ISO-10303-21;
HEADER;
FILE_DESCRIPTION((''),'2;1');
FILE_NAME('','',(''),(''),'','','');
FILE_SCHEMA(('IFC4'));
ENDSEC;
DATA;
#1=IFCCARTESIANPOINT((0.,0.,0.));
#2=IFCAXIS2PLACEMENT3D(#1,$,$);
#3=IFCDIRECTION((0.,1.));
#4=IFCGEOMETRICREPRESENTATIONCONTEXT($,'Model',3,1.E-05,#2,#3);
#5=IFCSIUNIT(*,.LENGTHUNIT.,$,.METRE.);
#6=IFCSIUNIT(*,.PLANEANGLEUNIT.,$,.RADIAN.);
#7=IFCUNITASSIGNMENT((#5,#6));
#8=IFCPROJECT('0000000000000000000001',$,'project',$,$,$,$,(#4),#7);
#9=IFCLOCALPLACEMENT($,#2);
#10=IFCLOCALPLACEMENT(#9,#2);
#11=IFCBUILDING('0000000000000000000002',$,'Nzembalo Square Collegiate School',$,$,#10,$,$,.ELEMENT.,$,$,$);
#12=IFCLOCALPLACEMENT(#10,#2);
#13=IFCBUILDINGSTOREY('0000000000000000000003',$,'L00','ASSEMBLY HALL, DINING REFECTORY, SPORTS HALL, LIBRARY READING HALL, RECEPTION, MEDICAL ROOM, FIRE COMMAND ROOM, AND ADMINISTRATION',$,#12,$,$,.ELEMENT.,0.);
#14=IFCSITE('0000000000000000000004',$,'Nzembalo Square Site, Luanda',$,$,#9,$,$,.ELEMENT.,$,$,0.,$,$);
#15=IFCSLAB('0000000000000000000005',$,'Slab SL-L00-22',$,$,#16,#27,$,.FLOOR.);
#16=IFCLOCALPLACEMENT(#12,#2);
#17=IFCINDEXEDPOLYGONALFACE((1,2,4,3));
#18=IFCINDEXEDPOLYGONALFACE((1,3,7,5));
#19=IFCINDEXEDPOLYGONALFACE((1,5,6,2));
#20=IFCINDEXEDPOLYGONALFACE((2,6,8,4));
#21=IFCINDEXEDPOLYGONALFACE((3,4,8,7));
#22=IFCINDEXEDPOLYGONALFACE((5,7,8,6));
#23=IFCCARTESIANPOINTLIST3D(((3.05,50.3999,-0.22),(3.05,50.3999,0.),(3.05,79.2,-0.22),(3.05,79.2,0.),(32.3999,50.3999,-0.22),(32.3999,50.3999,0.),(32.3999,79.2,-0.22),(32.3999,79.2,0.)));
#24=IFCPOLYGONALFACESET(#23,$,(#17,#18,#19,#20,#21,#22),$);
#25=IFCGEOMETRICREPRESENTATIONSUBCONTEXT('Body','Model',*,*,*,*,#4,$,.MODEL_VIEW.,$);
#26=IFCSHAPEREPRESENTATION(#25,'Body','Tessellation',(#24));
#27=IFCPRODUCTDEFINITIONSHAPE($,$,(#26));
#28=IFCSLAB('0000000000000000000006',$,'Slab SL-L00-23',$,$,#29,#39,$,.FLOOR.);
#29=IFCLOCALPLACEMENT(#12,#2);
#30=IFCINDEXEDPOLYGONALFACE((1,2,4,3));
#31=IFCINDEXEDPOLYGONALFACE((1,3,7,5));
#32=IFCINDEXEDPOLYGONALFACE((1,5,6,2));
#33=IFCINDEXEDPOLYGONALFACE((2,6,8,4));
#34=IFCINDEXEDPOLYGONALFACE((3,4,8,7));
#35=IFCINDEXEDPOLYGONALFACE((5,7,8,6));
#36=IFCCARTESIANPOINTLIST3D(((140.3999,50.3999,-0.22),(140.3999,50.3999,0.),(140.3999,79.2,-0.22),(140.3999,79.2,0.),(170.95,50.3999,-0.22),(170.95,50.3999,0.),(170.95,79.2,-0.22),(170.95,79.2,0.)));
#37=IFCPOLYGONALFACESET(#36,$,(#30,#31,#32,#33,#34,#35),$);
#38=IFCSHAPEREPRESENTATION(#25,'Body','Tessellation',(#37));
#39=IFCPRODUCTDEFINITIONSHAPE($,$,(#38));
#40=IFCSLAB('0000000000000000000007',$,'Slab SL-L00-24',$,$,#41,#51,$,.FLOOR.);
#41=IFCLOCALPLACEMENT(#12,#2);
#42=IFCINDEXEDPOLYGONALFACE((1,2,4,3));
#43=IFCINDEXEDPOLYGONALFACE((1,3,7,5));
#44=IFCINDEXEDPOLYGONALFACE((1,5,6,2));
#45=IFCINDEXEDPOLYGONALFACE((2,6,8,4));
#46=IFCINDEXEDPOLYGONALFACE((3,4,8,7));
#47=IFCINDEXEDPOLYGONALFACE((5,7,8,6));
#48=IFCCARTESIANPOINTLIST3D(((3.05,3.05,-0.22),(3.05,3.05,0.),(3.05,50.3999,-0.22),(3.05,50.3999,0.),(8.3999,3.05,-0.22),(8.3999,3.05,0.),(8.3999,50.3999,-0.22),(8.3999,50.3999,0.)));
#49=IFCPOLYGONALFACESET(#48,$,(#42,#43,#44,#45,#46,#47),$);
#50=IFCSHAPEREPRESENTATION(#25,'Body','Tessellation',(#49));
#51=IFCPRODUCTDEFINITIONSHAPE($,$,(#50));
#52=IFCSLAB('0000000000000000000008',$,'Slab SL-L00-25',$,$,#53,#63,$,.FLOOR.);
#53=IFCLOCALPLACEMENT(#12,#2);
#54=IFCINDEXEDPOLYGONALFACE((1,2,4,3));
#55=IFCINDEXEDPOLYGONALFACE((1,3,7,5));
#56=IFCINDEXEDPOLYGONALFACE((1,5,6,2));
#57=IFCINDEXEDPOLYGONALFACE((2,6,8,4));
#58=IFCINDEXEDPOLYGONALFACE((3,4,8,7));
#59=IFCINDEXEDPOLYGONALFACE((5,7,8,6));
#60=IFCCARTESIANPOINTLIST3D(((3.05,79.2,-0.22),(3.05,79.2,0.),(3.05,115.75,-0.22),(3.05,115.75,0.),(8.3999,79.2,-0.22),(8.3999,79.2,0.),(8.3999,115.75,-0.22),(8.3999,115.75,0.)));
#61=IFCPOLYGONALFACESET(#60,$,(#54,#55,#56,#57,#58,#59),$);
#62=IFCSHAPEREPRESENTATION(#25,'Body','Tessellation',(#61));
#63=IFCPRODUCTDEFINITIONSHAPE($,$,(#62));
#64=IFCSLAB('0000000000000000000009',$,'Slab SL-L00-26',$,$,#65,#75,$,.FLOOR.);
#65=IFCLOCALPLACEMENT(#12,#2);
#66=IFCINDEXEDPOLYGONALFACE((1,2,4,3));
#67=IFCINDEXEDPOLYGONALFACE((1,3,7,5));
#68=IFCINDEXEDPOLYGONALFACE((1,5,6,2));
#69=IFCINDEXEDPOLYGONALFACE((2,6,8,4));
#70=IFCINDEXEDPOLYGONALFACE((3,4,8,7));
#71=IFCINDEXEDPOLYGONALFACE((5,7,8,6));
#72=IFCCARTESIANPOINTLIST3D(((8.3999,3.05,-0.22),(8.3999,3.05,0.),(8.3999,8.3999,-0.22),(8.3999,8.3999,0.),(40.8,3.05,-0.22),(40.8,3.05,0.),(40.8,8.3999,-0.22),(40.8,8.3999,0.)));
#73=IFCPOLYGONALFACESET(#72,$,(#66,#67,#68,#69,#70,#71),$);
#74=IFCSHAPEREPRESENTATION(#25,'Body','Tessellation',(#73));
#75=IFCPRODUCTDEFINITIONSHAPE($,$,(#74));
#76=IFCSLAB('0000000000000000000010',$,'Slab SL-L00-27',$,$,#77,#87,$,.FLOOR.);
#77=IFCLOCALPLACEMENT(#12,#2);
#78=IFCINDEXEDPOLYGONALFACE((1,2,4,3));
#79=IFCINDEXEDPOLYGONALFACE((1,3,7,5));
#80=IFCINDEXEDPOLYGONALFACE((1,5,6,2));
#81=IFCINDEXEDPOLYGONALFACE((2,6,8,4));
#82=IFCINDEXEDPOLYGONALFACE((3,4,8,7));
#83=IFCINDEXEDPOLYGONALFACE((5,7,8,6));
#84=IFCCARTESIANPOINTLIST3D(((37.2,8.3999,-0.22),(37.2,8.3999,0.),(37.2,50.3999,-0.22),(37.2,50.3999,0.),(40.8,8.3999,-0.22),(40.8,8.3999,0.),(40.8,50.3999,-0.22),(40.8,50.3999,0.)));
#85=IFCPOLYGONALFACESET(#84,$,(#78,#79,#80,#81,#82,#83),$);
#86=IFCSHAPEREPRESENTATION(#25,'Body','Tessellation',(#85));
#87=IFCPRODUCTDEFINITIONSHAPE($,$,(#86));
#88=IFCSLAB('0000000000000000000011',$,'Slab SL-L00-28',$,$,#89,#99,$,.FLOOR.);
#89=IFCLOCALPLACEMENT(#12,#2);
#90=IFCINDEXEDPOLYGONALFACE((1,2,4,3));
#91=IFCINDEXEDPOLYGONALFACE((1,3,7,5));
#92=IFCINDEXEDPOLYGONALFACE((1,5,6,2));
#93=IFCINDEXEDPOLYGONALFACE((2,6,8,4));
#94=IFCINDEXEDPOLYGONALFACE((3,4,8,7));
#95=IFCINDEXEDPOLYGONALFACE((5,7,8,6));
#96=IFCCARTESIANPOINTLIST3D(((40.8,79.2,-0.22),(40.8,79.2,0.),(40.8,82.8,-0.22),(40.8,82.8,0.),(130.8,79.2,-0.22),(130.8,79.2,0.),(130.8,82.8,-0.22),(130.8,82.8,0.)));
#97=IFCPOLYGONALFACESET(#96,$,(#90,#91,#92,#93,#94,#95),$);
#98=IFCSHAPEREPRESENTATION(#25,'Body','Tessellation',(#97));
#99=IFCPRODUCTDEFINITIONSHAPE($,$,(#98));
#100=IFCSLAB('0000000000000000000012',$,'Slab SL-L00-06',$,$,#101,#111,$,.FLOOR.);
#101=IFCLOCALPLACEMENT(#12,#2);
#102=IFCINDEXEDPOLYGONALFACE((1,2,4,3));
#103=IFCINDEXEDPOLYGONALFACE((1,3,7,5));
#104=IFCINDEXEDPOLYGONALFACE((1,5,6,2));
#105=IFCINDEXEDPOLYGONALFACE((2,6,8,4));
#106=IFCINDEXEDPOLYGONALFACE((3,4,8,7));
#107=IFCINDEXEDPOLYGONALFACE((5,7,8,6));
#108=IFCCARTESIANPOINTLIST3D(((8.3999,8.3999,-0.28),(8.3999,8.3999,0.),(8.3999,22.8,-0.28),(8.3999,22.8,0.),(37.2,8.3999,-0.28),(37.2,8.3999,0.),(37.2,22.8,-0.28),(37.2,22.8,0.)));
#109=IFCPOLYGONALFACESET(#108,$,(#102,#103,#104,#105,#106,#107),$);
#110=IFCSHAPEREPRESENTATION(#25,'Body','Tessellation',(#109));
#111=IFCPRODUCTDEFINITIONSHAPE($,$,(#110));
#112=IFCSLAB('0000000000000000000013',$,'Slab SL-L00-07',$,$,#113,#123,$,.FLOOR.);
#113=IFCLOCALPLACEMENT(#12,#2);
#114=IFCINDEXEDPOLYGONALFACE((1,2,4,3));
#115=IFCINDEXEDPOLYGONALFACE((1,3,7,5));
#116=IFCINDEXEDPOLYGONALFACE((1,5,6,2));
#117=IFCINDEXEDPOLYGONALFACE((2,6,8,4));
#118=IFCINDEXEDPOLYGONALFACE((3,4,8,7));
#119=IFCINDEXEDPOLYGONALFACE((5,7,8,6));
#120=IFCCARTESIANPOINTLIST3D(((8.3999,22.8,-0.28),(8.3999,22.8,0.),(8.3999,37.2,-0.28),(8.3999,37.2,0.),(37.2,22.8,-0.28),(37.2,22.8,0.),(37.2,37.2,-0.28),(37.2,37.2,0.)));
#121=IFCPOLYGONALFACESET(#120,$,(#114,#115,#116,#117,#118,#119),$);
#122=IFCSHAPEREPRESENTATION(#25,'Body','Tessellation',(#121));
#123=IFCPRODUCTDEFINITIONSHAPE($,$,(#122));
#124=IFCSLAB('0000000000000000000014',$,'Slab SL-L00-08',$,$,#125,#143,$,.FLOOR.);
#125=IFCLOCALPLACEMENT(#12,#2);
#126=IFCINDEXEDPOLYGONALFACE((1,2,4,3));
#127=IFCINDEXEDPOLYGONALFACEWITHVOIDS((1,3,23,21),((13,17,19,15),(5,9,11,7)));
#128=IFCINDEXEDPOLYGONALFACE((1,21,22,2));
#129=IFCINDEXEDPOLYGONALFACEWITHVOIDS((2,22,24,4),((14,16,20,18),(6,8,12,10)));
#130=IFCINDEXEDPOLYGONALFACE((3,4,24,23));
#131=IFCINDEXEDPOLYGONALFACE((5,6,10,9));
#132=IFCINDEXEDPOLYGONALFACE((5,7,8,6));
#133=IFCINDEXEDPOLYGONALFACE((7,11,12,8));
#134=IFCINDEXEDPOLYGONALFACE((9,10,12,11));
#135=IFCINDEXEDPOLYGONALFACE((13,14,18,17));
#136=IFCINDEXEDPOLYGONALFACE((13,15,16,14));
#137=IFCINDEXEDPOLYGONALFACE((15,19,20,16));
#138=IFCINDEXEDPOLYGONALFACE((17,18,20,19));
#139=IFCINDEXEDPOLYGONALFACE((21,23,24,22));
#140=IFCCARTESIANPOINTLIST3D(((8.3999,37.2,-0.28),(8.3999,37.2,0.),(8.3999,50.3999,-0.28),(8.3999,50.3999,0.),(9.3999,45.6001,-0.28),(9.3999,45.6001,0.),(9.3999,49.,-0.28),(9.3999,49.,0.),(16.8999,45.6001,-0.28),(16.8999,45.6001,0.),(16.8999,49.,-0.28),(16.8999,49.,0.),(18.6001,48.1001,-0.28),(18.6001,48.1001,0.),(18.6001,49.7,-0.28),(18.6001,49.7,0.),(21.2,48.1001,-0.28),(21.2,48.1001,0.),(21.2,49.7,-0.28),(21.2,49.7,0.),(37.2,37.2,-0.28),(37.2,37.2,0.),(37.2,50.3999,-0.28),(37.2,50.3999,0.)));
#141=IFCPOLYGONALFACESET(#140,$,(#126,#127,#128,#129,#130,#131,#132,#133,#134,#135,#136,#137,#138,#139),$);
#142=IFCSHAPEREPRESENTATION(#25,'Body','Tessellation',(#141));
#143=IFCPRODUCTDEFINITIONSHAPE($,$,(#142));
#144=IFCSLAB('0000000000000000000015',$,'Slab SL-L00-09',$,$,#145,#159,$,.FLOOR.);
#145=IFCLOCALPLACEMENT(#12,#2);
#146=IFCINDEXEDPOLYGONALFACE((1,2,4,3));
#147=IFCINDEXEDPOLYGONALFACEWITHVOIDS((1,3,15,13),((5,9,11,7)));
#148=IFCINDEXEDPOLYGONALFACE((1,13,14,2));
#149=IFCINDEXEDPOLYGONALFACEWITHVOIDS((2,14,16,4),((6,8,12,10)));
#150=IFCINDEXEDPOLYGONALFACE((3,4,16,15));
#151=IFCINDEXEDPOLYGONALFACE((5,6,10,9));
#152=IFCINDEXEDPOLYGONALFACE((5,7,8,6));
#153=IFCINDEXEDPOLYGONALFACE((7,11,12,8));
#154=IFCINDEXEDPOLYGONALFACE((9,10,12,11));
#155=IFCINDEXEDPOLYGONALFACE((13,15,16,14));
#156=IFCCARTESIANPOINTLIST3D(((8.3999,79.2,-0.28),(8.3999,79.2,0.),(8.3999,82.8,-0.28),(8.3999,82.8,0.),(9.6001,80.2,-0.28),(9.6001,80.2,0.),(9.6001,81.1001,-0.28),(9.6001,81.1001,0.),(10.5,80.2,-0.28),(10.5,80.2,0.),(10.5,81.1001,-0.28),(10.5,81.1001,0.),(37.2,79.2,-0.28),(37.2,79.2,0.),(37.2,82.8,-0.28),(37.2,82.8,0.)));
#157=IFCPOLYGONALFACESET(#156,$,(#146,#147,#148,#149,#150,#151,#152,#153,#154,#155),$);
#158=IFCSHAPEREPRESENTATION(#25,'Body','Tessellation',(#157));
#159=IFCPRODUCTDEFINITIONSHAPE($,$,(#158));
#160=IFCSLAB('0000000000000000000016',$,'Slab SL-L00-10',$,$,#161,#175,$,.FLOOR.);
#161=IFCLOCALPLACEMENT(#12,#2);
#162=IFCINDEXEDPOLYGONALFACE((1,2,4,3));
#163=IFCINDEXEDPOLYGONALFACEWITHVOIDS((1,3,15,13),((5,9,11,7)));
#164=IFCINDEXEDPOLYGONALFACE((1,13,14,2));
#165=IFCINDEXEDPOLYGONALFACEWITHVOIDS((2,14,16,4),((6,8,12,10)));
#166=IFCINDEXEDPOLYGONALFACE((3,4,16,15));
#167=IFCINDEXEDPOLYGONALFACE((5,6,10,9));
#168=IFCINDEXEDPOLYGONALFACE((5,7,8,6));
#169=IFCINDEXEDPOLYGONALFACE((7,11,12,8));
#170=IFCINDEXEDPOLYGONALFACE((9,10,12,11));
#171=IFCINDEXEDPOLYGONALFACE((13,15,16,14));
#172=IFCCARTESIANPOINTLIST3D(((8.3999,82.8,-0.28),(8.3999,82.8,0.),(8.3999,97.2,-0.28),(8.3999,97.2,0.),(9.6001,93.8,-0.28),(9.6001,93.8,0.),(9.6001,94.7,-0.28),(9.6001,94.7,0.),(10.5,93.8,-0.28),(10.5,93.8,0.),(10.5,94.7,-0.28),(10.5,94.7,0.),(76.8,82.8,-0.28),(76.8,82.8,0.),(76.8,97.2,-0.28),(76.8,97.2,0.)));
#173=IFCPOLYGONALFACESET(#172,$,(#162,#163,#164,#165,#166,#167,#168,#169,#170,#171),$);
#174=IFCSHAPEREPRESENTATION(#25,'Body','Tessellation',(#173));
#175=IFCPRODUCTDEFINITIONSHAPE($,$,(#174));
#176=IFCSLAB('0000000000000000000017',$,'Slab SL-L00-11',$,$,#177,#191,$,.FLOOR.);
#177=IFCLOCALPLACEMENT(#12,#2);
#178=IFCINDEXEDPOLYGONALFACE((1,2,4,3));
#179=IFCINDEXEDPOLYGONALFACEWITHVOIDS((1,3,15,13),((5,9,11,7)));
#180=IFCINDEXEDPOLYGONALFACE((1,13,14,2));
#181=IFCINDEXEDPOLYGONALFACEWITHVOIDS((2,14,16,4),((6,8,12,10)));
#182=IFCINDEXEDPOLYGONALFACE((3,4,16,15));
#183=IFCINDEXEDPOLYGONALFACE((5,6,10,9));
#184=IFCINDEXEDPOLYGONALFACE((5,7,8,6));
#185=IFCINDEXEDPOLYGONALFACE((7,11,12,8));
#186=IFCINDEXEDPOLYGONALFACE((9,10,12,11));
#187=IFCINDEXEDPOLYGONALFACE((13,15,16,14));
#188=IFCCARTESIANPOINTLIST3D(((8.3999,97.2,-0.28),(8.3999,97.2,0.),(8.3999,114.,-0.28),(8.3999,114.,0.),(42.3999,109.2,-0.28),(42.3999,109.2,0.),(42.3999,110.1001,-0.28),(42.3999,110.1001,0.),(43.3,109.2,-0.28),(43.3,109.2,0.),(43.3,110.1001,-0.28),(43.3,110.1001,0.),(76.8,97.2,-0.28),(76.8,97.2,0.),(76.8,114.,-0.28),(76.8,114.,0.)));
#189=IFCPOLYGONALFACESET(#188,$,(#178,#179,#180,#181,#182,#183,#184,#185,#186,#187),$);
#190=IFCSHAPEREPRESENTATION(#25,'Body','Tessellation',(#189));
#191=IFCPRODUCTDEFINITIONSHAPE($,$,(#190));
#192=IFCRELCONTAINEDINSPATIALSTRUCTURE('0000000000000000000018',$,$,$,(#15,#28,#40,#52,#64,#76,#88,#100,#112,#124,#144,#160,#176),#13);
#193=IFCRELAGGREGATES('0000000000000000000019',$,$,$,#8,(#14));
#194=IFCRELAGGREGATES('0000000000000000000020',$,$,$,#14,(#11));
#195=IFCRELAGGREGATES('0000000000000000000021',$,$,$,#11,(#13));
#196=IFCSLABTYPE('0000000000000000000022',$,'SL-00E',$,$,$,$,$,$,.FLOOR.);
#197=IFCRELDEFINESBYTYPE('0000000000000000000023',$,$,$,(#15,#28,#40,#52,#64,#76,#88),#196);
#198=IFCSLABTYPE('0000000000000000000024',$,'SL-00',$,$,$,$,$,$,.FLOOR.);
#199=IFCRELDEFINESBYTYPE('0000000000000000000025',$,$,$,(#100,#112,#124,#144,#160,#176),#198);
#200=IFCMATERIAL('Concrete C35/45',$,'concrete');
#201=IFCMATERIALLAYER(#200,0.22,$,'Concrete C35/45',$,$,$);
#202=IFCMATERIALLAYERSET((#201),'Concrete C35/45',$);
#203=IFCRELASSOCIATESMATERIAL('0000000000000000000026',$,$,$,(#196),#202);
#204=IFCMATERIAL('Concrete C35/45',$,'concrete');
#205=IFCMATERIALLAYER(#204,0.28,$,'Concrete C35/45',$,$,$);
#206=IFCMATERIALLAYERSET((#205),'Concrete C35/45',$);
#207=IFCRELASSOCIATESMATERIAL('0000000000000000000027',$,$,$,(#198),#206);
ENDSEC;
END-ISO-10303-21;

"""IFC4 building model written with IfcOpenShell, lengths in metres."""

from ifc_helpers import new_model, si_unit, direction, frame, origin, place, context, subcontext, project, spatial, polyline, outline, extrude, material, layer, layer_set, type_object, element, save


model = new_model("IFC4")

# Units and contexts
model_context = context("Model", 3, precision=1e-05, world=origin(), true_north=direction((0.0, 1.0)))
body_context = subcontext(model_context, "Body", "Model", "MODEL_VIEW")
ifc_project = project(units=[si_unit("LENGTHUNIT", "METRE"), si_unit("PLANEANGLEUNIT", "RADIAN")], contexts=[model_context])

# Site, building, storey
site_placement = place(None, origin())
site = spatial("IfcSite", under=ifc_project, at=site_placement, Name="Nzembalo Square Site, Luanda", CompositionType="ELEMENT", RefElevation=0.0)
building_placement = place(site_placement, origin())
building = spatial("IfcBuilding", under=site, at=building_placement, Name="Nzembalo Square Collegiate School", CompositionType="ELEMENT")
storey_placement = place(building_placement, origin())
storey = spatial("IfcBuildingStorey", under=building, at=storey_placement, Name="L00", Description="ASSEMBLY HALL, DINING REFECTORY, SPORTS HALL, LIBRARY READING HALL, RECEPTION, MEDICAL ROOM, FIRE COMMAND ROOM, AND ADMINISTRATION", CompositionType="ELEMENT", Elevation=0.0)

# Slabs
ifc_material_1 = material(Name="Concrete C35/45", Category="concrete")
ifc_layer_1 = layer(ifc_material_1, 0.22, Name="Concrete C35/45")
ifc_layer_set_1 = layer_set([ifc_layer_1], Name="Concrete C35/45")
slab_type_1 = type_object("IfcSlabType", Name="SL-00E", PredefinedType="FLOOR", material=ifc_layer_set_1)
slab_1_placement = place(storey_placement, frame((0.0, 0.0, -0.22)))
element("IfcSlab", 1, at=slab_1_placement, inside=storey, type_object=slab_type_1, Name="Slab SL-L00-22", PredefinedType="FLOOR", context=body_context, shape_type="SweptSolid", body=[
    extrude(outline(polyline([(3.05, 50.3999), (32.3999, 50.3999), (32.3999, 79.2), (3.05, 79.2), (3.05, 50.3999)])), origin(), (0.0, 0.0, 1.0), 0.22),
])
slab_2_placement = place(storey_placement, frame((0.0, 0.0, -0.22)))
element("IfcSlab", 2, at=slab_2_placement, inside=storey, type_object=slab_type_1, Name="Slab SL-L00-23", PredefinedType="FLOOR", context=body_context, shape_type="SweptSolid", body=[
    extrude(outline(polyline([(140.3999, 50.3999), (170.95, 50.3999), (170.95, 79.2), (140.3999, 79.2), (140.3999, 50.3999)])), origin(), (0.0, 0.0, 1.0), 0.22),
])
slab_3_placement = place(storey_placement, frame((0.0, 0.0, -0.22)))
element("IfcSlab", 3, at=slab_3_placement, inside=storey, type_object=slab_type_1, Name="Slab SL-L00-24", PredefinedType="FLOOR", context=body_context, shape_type="SweptSolid", body=[
    extrude(outline(polyline([(3.05, 3.05), (8.3999, 3.05), (8.3999, 50.3999), (3.05, 50.3999), (3.05, 3.05)])), origin(), (0.0, 0.0, 1.0), 0.22),
])
slab_4_placement = place(storey_placement, frame((0.0, 0.0, -0.22)))
element("IfcSlab", 4, at=slab_4_placement, inside=storey, type_object=slab_type_1, Name="Slab SL-L00-25", PredefinedType="FLOOR", context=body_context, shape_type="SweptSolid", body=[
    extrude(outline(polyline([(3.05, 79.2), (8.3999, 79.2), (8.3999, 115.75), (3.05, 115.75), (3.05, 79.2)])), origin(), (0.0, 0.0, 1.0), 0.22),
])
slab_5_placement = place(storey_placement, frame((0.0, 0.0, -0.22)))
element("IfcSlab", 5, at=slab_5_placement, inside=storey, type_object=slab_type_1, Name="Slab SL-L00-26", PredefinedType="FLOOR", context=body_context, shape_type="SweptSolid", body=[
    extrude(outline(polyline([(8.3999, 3.05), (40.8, 3.05), (40.8, 8.3999), (8.3999, 8.3999), (8.3999, 3.05)])), origin(), (0.0, 0.0, 1.0), 0.22),
])
slab_6_placement = place(storey_placement, frame((0.0, 0.0, -0.22)))
element("IfcSlab", 6, at=slab_6_placement, inside=storey, type_object=slab_type_1, Name="Slab SL-L00-27", PredefinedType="FLOOR", context=body_context, shape_type="SweptSolid", body=[
    extrude(outline(polyline([(37.2, 8.3999), (40.8, 8.3999), (40.8, 50.3999), (37.2, 50.3999), (37.2, 8.3999)])), origin(), (0.0, 0.0, 1.0), 0.22),
])
slab_7_placement = place(storey_placement, frame((0.0, 0.0, -0.22)))
element("IfcSlab", 7, at=slab_7_placement, inside=storey, type_object=slab_type_1, Name="Slab SL-L00-28", PredefinedType="FLOOR", context=body_context, shape_type="SweptSolid", body=[
    extrude(outline(polyline([(40.8, 79.2), (130.8, 79.2), (130.8, 82.8), (40.8, 82.8), (40.8, 79.2)])), origin(), (0.0, 0.0, 1.0), 0.22),
])
ifc_material_2 = material(Name="Concrete C35/45", Category="concrete")
ifc_layer_2 = layer(ifc_material_2, 0.28, Name="Concrete C35/45")
ifc_layer_set_2 = layer_set([ifc_layer_2], Name="Concrete C35/45")
slab_type_2 = type_object("IfcSlabType", Name="SL-00", PredefinedType="FLOOR", material=ifc_layer_set_2)
slab_8_placement = place(storey_placement, frame((0.0, 0.0, -0.28)))
element("IfcSlab", 8, at=slab_8_placement, inside=storey, type_object=slab_type_2, Name="Slab SL-L00-06", PredefinedType="FLOOR", context=body_context, shape_type="SweptSolid", body=[
    extrude(outline(polyline([(8.3999, 8.3999), (37.2, 8.3999), (37.2, 22.8), (8.3999, 22.8), (8.3999, 8.3999)])), origin(), (0.0, 0.0, 1.0), 0.28),
])
slab_9_placement = place(storey_placement, frame((0.0, 0.0, -0.28)))
element("IfcSlab", 9, at=slab_9_placement, inside=storey, type_object=slab_type_2, Name="Slab SL-L00-07", PredefinedType="FLOOR", context=body_context, shape_type="SweptSolid", body=[
    extrude(outline(polyline([(8.3999, 22.8), (37.2, 22.8), (37.2, 37.2), (8.3999, 37.2), (8.3999, 22.8)])), origin(), (0.0, 0.0, 1.0), 0.28),
])
slab_10_placement = place(storey_placement, frame((0.0, 0.0, -0.28)))
element("IfcSlab", 10, at=slab_10_placement, inside=storey, type_object=slab_type_2, Name="Slab SL-L00-08", PredefinedType="FLOOR", context=body_context, shape_type="SweptSolid", body=[
    extrude(outline(polyline([(8.3999, 37.2), (37.2, 37.2), (37.2, 50.3999), (8.3999, 50.3999), (8.3999, 37.2)]), holes=[polyline([(18.6001, 48.1001), (21.2, 48.1001), (21.2, 49.7), (18.6001, 49.7), (18.6001, 48.1001)]), polyline([(16.8999, 49.0), (9.3999, 49.0), (9.3999, 45.6001), (16.8999, 45.6001), (16.8999, 49.0)])]), origin(), (0.0, 0.0, 1.0), 0.28),
])
slab_11_placement = place(storey_placement, frame((0.0, 0.0, -0.28)))
element("IfcSlab", 11, at=slab_11_placement, inside=storey, type_object=slab_type_2, Name="Slab SL-L00-09", PredefinedType="FLOOR", context=body_context, shape_type="SweptSolid", body=[
    extrude(outline(polyline([(8.3999, 79.2), (37.2, 79.2), (37.2, 82.8), (8.3999, 82.8), (8.3999, 79.2)]), holes=[polyline([(9.6001, 80.2), (10.5, 80.2), (10.5, 81.1001), (9.6001, 81.1001), (9.6001, 80.2)])]), origin(), (0.0, 0.0, 1.0), 0.28),
])
slab_12_placement = place(storey_placement, frame((0.0, 0.0, -0.28)))
element("IfcSlab", 12, at=slab_12_placement, inside=storey, type_object=slab_type_2, Name="Slab SL-L00-10", PredefinedType="FLOOR", context=body_context, shape_type="SweptSolid", body=[
    extrude(outline(polyline([(8.3999, 82.8), (76.8, 82.8), (76.8, 97.2), (8.3999, 97.2), (8.3999, 82.8)]), holes=[polyline([(9.6001, 93.8), (10.5, 93.8), (10.5, 94.7), (9.6001, 94.7), (9.6001, 93.8)])]), origin(), (0.0, 0.0, 1.0), 0.28),
])
slab_13_placement = place(storey_placement, frame((0.0, 0.0, -0.28)))
element("IfcSlab", 13, at=slab_13_placement, inside=storey, type_object=slab_type_2, Name="Slab SL-L00-11", PredefinedType="FLOOR", context=body_context, shape_type="SweptSolid", body=[
    extrude(outline(polyline([(8.3999, 97.2), (76.8, 97.2), (76.8, 114.0), (8.3999, 114.0), (8.3999, 97.2)]), holes=[polyline([(42.3999, 109.2), (43.3, 109.2), (43.3, 110.1001), (42.3999, 110.1001), (42.3999, 109.2)])]), origin(), (0.0, 0.0, 1.0), 0.28),
])

save(model, "model.ifc")
